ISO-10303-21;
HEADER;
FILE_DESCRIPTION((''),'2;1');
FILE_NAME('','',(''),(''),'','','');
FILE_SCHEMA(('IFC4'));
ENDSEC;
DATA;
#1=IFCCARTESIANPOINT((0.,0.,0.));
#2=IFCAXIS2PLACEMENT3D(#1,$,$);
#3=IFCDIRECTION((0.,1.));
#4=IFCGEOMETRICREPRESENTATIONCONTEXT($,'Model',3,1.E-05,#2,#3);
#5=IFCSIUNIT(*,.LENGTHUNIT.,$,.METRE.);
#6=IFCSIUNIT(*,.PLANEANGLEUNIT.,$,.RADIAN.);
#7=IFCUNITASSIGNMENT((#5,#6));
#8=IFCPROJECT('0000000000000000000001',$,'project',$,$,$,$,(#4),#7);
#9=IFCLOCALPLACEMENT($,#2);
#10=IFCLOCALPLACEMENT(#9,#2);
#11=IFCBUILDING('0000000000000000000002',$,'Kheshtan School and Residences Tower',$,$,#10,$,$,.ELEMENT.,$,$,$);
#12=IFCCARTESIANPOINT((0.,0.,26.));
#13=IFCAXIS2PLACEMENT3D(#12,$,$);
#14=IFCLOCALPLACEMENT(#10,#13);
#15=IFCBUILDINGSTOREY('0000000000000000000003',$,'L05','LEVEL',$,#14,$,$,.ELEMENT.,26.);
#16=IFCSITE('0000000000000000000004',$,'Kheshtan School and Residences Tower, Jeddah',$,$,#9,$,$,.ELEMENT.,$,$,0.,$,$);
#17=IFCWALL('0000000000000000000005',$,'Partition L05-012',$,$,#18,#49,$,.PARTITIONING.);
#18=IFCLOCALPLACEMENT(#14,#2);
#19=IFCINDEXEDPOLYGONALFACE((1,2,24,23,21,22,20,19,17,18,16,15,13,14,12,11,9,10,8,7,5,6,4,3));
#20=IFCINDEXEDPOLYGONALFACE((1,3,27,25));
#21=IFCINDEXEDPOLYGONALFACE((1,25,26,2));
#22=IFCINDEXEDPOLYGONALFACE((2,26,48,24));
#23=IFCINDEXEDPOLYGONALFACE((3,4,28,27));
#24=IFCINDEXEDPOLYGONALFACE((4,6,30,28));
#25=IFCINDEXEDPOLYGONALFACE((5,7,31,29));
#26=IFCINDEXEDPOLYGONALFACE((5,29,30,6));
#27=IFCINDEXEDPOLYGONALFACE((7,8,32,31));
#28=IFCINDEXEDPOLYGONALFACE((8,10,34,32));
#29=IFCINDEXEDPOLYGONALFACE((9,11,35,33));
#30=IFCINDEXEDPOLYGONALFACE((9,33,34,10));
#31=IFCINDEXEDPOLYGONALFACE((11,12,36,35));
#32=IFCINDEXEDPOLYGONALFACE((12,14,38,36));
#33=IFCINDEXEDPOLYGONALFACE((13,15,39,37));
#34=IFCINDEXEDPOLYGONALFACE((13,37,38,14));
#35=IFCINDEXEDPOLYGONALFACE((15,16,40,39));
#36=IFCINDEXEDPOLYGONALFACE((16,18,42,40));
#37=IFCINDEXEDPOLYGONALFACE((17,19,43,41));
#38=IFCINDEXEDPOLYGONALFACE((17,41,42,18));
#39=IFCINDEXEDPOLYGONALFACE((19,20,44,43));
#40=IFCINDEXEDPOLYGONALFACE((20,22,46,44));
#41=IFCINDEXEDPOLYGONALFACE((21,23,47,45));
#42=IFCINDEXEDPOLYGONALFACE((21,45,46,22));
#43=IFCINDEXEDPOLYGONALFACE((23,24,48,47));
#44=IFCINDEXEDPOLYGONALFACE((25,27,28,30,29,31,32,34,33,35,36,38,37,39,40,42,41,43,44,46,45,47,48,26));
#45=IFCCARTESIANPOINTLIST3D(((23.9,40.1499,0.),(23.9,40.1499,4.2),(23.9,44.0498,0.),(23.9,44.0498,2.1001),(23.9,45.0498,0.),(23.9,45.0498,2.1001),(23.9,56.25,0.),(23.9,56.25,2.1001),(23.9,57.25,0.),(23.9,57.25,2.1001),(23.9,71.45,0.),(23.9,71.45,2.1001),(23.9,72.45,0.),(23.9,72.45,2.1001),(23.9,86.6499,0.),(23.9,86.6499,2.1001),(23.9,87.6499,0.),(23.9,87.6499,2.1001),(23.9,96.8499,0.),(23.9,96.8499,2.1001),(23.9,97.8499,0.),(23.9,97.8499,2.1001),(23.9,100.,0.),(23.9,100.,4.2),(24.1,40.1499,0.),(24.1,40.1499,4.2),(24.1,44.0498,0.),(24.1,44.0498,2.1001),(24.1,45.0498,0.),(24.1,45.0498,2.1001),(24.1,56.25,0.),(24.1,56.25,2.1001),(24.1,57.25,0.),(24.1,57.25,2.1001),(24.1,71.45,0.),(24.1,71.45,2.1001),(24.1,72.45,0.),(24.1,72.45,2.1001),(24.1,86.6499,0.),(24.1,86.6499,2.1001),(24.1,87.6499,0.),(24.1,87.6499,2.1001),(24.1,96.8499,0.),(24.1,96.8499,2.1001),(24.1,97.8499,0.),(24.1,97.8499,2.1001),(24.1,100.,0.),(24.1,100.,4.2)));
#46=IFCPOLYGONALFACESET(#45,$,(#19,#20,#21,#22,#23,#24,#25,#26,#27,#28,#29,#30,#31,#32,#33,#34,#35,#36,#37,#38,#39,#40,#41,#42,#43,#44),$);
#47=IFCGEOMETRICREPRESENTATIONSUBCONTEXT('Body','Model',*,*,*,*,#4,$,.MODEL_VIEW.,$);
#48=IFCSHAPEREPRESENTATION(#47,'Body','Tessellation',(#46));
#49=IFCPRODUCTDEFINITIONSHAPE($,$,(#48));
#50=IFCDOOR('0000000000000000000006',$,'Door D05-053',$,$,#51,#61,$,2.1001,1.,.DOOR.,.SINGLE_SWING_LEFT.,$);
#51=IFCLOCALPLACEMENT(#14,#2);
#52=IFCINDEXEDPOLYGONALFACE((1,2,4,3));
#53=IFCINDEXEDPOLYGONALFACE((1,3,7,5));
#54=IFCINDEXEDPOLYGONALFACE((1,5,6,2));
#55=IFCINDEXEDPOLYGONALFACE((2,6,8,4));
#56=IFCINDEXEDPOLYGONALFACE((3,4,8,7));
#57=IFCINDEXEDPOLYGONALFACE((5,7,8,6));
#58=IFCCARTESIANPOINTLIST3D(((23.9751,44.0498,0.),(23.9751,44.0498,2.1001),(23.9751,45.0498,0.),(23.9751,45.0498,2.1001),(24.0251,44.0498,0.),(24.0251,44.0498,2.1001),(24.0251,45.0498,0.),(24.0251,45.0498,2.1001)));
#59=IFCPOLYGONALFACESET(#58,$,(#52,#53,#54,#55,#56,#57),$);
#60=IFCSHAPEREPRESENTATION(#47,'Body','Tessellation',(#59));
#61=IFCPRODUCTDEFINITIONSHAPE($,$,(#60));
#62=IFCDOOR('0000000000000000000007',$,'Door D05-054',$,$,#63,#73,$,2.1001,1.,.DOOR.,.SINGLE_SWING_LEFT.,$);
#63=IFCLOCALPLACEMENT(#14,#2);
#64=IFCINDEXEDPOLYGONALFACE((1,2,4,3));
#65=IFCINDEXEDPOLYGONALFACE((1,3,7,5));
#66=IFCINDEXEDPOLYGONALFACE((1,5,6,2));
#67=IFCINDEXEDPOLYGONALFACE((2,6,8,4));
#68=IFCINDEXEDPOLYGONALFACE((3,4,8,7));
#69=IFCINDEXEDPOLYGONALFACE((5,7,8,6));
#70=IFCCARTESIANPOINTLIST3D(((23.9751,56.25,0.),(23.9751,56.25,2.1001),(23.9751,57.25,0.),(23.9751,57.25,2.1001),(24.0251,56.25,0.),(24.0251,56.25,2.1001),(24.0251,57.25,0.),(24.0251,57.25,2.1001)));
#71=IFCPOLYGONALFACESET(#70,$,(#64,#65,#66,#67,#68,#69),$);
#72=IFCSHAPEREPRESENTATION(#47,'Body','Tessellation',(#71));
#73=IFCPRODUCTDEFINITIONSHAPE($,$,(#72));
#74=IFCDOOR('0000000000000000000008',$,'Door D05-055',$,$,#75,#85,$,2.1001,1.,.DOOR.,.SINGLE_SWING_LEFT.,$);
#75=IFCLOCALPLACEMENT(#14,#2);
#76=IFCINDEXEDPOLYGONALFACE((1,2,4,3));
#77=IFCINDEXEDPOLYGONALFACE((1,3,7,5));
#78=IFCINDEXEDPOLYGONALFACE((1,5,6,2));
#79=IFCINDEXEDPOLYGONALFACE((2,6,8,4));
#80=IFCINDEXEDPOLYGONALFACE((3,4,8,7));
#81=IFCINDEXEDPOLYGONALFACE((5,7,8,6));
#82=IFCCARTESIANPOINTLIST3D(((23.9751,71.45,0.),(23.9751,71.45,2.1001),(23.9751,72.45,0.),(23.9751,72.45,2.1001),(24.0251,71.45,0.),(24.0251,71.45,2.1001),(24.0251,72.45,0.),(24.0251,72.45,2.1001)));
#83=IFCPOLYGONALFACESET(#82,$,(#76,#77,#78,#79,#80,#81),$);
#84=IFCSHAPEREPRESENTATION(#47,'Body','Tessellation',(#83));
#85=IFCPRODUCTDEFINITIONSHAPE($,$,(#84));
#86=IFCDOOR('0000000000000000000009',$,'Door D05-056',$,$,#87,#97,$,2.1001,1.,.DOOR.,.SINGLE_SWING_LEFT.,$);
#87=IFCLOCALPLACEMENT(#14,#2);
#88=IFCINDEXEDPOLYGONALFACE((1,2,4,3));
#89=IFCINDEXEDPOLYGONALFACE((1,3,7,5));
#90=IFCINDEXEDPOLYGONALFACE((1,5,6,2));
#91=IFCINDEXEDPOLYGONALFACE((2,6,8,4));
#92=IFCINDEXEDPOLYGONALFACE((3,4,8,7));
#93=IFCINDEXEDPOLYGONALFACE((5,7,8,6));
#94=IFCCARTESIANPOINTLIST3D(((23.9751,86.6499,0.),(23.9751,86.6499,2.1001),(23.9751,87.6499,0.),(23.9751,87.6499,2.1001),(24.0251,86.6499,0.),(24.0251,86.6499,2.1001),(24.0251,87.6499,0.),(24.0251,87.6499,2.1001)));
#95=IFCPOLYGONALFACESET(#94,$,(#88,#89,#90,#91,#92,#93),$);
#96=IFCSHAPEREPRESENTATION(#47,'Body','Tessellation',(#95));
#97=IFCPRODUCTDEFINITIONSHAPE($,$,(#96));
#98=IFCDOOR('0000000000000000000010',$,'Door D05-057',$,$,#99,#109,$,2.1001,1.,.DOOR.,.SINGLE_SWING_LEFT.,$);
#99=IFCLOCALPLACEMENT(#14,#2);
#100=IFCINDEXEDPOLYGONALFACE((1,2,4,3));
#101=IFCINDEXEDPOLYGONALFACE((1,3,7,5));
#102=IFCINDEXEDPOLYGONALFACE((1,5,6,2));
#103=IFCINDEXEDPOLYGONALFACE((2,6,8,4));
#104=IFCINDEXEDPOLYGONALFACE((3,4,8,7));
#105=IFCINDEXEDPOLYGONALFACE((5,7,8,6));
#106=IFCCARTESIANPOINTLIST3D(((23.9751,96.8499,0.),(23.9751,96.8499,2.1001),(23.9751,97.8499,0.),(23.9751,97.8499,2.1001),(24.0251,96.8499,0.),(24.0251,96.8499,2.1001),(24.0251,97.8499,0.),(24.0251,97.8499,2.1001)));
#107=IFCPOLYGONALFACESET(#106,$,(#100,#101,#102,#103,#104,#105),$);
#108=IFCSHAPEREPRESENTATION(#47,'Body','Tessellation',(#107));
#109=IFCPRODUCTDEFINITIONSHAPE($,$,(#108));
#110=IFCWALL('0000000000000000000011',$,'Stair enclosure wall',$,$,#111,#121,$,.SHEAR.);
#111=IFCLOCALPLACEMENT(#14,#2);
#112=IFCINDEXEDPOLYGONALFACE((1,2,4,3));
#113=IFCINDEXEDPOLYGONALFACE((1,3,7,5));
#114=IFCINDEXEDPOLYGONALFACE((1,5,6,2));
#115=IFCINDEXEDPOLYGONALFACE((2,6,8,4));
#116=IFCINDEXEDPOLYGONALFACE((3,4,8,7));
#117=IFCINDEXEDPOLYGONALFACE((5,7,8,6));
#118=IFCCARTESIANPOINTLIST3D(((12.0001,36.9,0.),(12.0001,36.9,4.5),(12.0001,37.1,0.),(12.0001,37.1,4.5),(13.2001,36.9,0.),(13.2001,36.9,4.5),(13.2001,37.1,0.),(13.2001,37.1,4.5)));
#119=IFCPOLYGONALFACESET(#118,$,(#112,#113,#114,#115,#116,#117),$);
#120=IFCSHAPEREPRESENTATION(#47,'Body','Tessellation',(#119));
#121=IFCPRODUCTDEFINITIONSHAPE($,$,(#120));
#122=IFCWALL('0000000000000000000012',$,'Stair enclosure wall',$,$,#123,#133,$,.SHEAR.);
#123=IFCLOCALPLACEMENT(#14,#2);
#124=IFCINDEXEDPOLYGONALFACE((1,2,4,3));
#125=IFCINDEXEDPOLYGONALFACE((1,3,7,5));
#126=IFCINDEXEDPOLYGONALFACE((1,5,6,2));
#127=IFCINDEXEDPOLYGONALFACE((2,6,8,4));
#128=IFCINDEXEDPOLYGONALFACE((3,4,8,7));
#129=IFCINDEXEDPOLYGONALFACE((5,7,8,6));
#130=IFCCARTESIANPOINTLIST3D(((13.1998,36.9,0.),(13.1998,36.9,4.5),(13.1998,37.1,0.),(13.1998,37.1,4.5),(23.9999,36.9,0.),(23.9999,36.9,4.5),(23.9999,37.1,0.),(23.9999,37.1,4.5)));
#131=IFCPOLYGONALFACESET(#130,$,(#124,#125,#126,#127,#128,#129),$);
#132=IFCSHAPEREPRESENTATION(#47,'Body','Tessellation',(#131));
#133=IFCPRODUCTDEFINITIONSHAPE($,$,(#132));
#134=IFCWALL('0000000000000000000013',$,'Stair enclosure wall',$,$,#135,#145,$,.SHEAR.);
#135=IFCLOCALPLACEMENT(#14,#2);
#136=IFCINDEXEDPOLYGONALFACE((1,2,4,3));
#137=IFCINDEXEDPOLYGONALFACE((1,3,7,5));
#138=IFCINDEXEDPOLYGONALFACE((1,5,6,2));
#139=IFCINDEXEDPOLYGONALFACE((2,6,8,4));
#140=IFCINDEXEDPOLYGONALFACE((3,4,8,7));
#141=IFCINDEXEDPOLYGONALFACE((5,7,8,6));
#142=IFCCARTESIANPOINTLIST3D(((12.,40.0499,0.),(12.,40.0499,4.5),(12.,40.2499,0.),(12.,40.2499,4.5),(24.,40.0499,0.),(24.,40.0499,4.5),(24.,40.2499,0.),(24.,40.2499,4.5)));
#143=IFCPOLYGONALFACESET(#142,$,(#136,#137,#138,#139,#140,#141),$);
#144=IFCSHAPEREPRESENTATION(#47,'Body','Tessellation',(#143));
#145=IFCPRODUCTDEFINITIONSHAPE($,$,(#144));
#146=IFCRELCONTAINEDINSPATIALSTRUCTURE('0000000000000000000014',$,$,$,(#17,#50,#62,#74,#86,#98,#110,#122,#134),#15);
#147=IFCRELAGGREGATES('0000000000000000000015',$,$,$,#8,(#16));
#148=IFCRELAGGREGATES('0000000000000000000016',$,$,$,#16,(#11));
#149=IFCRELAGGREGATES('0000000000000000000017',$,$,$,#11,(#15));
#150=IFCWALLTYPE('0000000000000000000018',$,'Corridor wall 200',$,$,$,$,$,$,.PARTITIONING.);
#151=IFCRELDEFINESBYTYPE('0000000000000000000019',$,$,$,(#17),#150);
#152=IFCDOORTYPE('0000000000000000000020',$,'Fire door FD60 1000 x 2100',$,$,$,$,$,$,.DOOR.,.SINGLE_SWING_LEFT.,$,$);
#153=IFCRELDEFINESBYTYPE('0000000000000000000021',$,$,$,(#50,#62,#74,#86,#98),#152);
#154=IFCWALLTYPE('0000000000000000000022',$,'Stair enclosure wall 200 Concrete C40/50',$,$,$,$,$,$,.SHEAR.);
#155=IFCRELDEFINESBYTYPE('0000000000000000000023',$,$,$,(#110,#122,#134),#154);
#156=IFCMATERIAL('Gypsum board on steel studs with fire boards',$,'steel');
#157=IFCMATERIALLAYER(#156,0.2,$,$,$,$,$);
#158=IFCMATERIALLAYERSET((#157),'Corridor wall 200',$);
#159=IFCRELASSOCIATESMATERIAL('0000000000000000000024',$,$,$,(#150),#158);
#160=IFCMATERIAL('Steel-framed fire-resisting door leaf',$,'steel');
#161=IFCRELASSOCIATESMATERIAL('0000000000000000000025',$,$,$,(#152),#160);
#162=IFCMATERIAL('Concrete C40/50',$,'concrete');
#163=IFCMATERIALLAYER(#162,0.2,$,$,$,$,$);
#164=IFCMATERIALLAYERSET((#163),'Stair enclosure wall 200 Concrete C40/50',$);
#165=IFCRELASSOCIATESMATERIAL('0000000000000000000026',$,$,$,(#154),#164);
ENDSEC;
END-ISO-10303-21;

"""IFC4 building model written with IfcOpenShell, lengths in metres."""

from ifc_helpers import new_model, si_unit, direction, frame, frame_2d, origin, place, context, subcontext, project, spatial, rectangle, extrude, source, transform, mapped, material, layer, layer_set, type_object, element, fill, save


model = new_model("IFC4")

# Units and contexts
model_context = context("Model", 3, precision=1e-05, world=origin(), true_north=direction((0.0, 1.0)))
body_context = subcontext(model_context, "Body", "Model", "MODEL_VIEW")
ifc_project = project(units=[si_unit("LENGTHUNIT", "METRE"), si_unit("PLANEANGLEUNIT", "RADIAN")], contexts=[model_context])

# Site, building, storey
site_placement = place(None, origin())
site = spatial("IfcSite", under=ifc_project, at=site_placement, Name="Kheshtan School and Residences Tower, Jeddah", CompositionType="ELEMENT", RefElevation=0.0)
building_placement = place(site_placement, origin())
building = spatial("IfcBuilding", under=site, at=building_placement, Name="Kheshtan School and Residences Tower", CompositionType="ELEMENT")
storey_placement = place(building_placement, frame((0.0, 0.0, 26.0)))
storey = spatial("IfcBuildingStorey", under=building, at=storey_placement, Name="L05", Description="LEVEL", CompositionType="ELEMENT", Elevation=26.0)

# Wall, openings, doors
ifc_material_1 = material(Name="Gypsum board on steel studs with fire boards", Category="steel")
ifc_layer_1 = layer(ifc_material_1, 0.2)
ifc_layer_set_1 = layer_set([ifc_layer_1], Name="Corridor wall 200")
wall_type_1 = type_object("IfcWallType", Name="Corridor wall 200", PredefinedType="PARTITIONING", material=ifc_layer_set_1)
wall_1_placement = place(storey_placement, frame((24.0, 40.1499, 0.0), z_axis=(0.0, 0.0, 1.0), x_axis=(0.0, 1.0, 0.0)))
wall_1 = element("IfcWall", 1, at=wall_1_placement, inside=storey, type_object=wall_type_1, Name="Partition L05-012", PredefinedType="PARTITIONING", context=body_context, shape_type="SweptSolid", body=[
    extrude(rectangle(XDim=59.8501, YDim=0.2, at=frame_2d((29.925, 0.0))), origin(), (0.0, 0.0, 1.0), 4.2),
])
opening_1_placement = place(wall_1_placement, frame((3.8999, 0.0, 0.0)))
opening_1 = element("IfcOpeningElement", 2, at=opening_1_placement, cuts=wall_1, PredefinedType="OPENING", context=body_context, shape_type="SweptSolid", body=[
    extrude(rectangle(XDim=1.0, YDim=2.1001, at=frame_2d((0.5, 1.05))), frame((0.0, 0.1099, 0.0), z_axis=(0.0, -1.0, 0.0), x_axis=(1.0, 0.0, 0.0)), (0.0, 0.0, 1.0), 0.22),
])
opening_2_placement = place(wall_1_placement, frame((16.1001, 0.0, 0.0)))
opening_2 = element("IfcOpeningElement", 3, at=opening_2_placement, cuts=wall_1, PredefinedType="OPENING", context=body_context, shape_type="SweptSolid", body=[
    extrude(rectangle(XDim=1.0, YDim=2.1001, at=frame_2d((0.5, 1.05))), frame((0.0, 0.1099, 0.0), z_axis=(0.0, -1.0, 0.0), x_axis=(1.0, 0.0, 0.0)), (0.0, 0.0, 1.0), 0.22),
])
opening_3_placement = place(wall_1_placement, frame((31.3, 0.0, 0.0)))
opening_3 = element("IfcOpeningElement", 4, at=opening_3_placement, cuts=wall_1, PredefinedType="OPENING", context=body_context, shape_type="SweptSolid", body=[
    extrude(rectangle(XDim=1.0, YDim=2.1001, at=frame_2d((0.5, 1.05))), frame((0.0, 0.1099, 0.0), z_axis=(0.0, -1.0, 0.0), x_axis=(1.0, 0.0, 0.0)), (0.0, 0.0, 1.0), 0.22),
])
opening_4_placement = place(wall_1_placement, frame((46.5, 0.0, 0.0)))
opening_4 = element("IfcOpeningElement", 5, at=opening_4_placement, cuts=wall_1, PredefinedType="OPENING", context=body_context, shape_type="SweptSolid", body=[
    extrude(rectangle(XDim=1.0, YDim=2.1001, at=frame_2d((0.5, 1.05))), frame((0.0, 0.1099, 0.0), z_axis=(0.0, -1.0, 0.0), x_axis=(1.0, 0.0, 0.0)), (0.0, 0.0, 1.0), 0.22),
])
opening_5_placement = place(wall_1_placement, frame((56.7, 0.0, 0.0)))
opening_5 = element("IfcOpeningElement", 6, at=opening_5_placement, cuts=wall_1, PredefinedType="OPENING", context=body_context, shape_type="SweptSolid", body=[
    extrude(rectangle(XDim=1.0, YDim=2.1001, at=frame_2d((0.5, 1.05))), frame((0.0, 0.1099, 0.0), z_axis=(0.0, -1.0, 0.0), x_axis=(1.0, 0.0, 0.0)), (0.0, 0.0, 1.0), 0.22),
])
ifc_material_2 = material(Name="Steel-framed fire-resisting door leaf", Category="steel")
door_type_1 = type_object("IfcDoorType", Name="Fire door FD60 1000 x 2100", OperationType="SINGLE_SWING_LEFT", PredefinedType="DOOR", material=ifc_material_2)
shared_shape_1 = source(origin(), body_context, "Body", "SweptSolid", [
    extrude(rectangle(XDim=1.0, YDim=2.1001, at=frame_2d((0.5, 1.05))), frame((0.0, 0.0249, 0.0), z_axis=(0.0, -1.0, 0.0), x_axis=(1.0, 0.0, 0.0)), (0.0, 0.0, 1.0), 0.05),
])
door_1_placement = place(opening_1_placement, origin())
door_1 = element("IfcDoor", 7, at=door_1_placement, inside=storey, type_object=door_type_1, Name="Door D05-053", OperationType="SINGLE_SWING_LEFT", OverallHeight=2.1001, OverallWidth=1.0, PredefinedType="DOOR", context=body_context, shape_type="MappedRepresentation", body=[
    mapped(shared_shape_1, transform((0.0, 0.0, 0.0), x_axis=(1.0, 0.0, 0.0), y_axis=(0.0, 1.0, 0.0), z_axis=(0.0, 0.0, 1.0), scale=1.0)),
])
fill(opening_1, door_1)
door_2_placement = place(opening_2_placement, origin())
door_2 = element("IfcDoor", 8, at=door_2_placement, inside=storey, type_object=door_type_1, Name="Door D05-054", OperationType="SINGLE_SWING_LEFT", OverallHeight=2.1001, OverallWidth=1.0, PredefinedType="DOOR", context=body_context, shape_type="MappedRepresentation", body=[
    mapped(shared_shape_1, transform((0.0, 0.0, 0.0), x_axis=(1.0, 0.0, 0.0), y_axis=(0.0, 1.0, 0.0), z_axis=(0.0, 0.0, 1.0), scale=1.0)),
])
fill(opening_2, door_2)
door_3_placement = place(opening_3_placement, origin())
door_3 = element("IfcDoor", 9, at=door_3_placement, inside=storey, type_object=door_type_1, Name="Door D05-055", OperationType="SINGLE_SWING_LEFT", OverallHeight=2.1001, OverallWidth=1.0, PredefinedType="DOOR", context=body_context, shape_type="MappedRepresentation", body=[
    mapped(shared_shape_1, transform((0.0, 0.0, 0.0), x_axis=(1.0, 0.0, 0.0), y_axis=(0.0, 1.0, 0.0), z_axis=(0.0, 0.0, 1.0), scale=1.0)),
])
fill(opening_3, door_3)
door_4_placement = place(opening_4_placement, origin())
door_4 = element("IfcDoor", 10, at=door_4_placement, inside=storey, type_object=door_type_1, Name="Door D05-056", OperationType="SINGLE_SWING_LEFT", OverallHeight=2.1001, OverallWidth=1.0, PredefinedType="DOOR", context=body_context, shape_type="MappedRepresentation", body=[
    mapped(shared_shape_1, transform((0.0, 0.0, 0.0), x_axis=(1.0, 0.0, 0.0), y_axis=(0.0, 1.0, 0.0), z_axis=(0.0, 0.0, 1.0), scale=1.0)),
])
fill(opening_4, door_4)
door_5_placement = place(opening_5_placement, origin())
door_5 = element("IfcDoor", 11, at=door_5_placement, inside=storey, type_object=door_type_1, Name="Door D05-057", OperationType="SINGLE_SWING_LEFT", OverallHeight=2.1001, OverallWidth=1.0, PredefinedType="DOOR", context=body_context, shape_type="MappedRepresentation", body=[
    mapped(shared_shape_1, transform((0.0, 0.0, 0.0), x_axis=(1.0, 0.0, 0.0), y_axis=(0.0, 1.0, 0.0), z_axis=(0.0, 0.0, 1.0), scale=1.0)),
])
fill(opening_5, door_5)

# Walls
ifc_material_3 = material(Name="Concrete C40/50", Category="concrete")
ifc_layer_2 = layer(ifc_material_3, 0.2)
ifc_layer_set_2 = layer_set([ifc_layer_2], Name="Stair enclosure wall 200 Concrete C40/50")
wall_type_2 = type_object("IfcWallType", Name="Stair enclosure wall 200 Concrete C40/50", PredefinedType="SHEAR", material=ifc_layer_set_2)
wall_2_placement = place(storey_placement, frame((12.0, 37.0, 0.0), z_axis=(0.0, 0.0, 1.0), x_axis=(1.0, 0.0, 0.0)))
element("IfcWall", 12, at=wall_2_placement, inside=storey, type_object=wall_type_2, Name="Stair enclosure wall", PredefinedType="SHEAR", context=body_context, shape_type="SweptSolid", body=[
    extrude(rectangle(XDim=1.2, YDim=0.2, at=frame_2d((0.6001, 0.0))), origin(), (0.0, 0.0, 1.0), 4.5),
])
wall_3_placement = place(storey_placement, frame((13.2, 37.0, 0.0), z_axis=(0.0, 0.0, 1.0), x_axis=(1.0, 0.0, 0.0)))
element("IfcWall", 13, at=wall_3_placement, inside=storey, type_object=wall_type_2, Name="Stair enclosure wall", PredefinedType="SHEAR", context=body_context, shape_type="SweptSolid", body=[
    extrude(rectangle(XDim=10.8, YDim=0.2, at=frame_2d((5.3999, 0.0))), origin(), (0.0, 0.0, 1.0), 4.5),
])
wall_4_placement = place(storey_placement, frame((12.0, 40.1499, 0.0), z_axis=(0.0, 0.0, 1.0), x_axis=(1.0, 0.0, 0.0)))
element("IfcWall", 14, at=wall_4_placement, inside=storey, type_object=wall_type_2, Name="Stair enclosure wall", PredefinedType="SHEAR", context=body_context, shape_type="SweptSolid", body=[
    extrude(rectangle(XDim=12.0, YDim=0.2, at=frame_2d((6.0, 0.0))), origin(), (0.0, 0.0, 1.0), 4.5),
])

save(model, "model.ifc")
